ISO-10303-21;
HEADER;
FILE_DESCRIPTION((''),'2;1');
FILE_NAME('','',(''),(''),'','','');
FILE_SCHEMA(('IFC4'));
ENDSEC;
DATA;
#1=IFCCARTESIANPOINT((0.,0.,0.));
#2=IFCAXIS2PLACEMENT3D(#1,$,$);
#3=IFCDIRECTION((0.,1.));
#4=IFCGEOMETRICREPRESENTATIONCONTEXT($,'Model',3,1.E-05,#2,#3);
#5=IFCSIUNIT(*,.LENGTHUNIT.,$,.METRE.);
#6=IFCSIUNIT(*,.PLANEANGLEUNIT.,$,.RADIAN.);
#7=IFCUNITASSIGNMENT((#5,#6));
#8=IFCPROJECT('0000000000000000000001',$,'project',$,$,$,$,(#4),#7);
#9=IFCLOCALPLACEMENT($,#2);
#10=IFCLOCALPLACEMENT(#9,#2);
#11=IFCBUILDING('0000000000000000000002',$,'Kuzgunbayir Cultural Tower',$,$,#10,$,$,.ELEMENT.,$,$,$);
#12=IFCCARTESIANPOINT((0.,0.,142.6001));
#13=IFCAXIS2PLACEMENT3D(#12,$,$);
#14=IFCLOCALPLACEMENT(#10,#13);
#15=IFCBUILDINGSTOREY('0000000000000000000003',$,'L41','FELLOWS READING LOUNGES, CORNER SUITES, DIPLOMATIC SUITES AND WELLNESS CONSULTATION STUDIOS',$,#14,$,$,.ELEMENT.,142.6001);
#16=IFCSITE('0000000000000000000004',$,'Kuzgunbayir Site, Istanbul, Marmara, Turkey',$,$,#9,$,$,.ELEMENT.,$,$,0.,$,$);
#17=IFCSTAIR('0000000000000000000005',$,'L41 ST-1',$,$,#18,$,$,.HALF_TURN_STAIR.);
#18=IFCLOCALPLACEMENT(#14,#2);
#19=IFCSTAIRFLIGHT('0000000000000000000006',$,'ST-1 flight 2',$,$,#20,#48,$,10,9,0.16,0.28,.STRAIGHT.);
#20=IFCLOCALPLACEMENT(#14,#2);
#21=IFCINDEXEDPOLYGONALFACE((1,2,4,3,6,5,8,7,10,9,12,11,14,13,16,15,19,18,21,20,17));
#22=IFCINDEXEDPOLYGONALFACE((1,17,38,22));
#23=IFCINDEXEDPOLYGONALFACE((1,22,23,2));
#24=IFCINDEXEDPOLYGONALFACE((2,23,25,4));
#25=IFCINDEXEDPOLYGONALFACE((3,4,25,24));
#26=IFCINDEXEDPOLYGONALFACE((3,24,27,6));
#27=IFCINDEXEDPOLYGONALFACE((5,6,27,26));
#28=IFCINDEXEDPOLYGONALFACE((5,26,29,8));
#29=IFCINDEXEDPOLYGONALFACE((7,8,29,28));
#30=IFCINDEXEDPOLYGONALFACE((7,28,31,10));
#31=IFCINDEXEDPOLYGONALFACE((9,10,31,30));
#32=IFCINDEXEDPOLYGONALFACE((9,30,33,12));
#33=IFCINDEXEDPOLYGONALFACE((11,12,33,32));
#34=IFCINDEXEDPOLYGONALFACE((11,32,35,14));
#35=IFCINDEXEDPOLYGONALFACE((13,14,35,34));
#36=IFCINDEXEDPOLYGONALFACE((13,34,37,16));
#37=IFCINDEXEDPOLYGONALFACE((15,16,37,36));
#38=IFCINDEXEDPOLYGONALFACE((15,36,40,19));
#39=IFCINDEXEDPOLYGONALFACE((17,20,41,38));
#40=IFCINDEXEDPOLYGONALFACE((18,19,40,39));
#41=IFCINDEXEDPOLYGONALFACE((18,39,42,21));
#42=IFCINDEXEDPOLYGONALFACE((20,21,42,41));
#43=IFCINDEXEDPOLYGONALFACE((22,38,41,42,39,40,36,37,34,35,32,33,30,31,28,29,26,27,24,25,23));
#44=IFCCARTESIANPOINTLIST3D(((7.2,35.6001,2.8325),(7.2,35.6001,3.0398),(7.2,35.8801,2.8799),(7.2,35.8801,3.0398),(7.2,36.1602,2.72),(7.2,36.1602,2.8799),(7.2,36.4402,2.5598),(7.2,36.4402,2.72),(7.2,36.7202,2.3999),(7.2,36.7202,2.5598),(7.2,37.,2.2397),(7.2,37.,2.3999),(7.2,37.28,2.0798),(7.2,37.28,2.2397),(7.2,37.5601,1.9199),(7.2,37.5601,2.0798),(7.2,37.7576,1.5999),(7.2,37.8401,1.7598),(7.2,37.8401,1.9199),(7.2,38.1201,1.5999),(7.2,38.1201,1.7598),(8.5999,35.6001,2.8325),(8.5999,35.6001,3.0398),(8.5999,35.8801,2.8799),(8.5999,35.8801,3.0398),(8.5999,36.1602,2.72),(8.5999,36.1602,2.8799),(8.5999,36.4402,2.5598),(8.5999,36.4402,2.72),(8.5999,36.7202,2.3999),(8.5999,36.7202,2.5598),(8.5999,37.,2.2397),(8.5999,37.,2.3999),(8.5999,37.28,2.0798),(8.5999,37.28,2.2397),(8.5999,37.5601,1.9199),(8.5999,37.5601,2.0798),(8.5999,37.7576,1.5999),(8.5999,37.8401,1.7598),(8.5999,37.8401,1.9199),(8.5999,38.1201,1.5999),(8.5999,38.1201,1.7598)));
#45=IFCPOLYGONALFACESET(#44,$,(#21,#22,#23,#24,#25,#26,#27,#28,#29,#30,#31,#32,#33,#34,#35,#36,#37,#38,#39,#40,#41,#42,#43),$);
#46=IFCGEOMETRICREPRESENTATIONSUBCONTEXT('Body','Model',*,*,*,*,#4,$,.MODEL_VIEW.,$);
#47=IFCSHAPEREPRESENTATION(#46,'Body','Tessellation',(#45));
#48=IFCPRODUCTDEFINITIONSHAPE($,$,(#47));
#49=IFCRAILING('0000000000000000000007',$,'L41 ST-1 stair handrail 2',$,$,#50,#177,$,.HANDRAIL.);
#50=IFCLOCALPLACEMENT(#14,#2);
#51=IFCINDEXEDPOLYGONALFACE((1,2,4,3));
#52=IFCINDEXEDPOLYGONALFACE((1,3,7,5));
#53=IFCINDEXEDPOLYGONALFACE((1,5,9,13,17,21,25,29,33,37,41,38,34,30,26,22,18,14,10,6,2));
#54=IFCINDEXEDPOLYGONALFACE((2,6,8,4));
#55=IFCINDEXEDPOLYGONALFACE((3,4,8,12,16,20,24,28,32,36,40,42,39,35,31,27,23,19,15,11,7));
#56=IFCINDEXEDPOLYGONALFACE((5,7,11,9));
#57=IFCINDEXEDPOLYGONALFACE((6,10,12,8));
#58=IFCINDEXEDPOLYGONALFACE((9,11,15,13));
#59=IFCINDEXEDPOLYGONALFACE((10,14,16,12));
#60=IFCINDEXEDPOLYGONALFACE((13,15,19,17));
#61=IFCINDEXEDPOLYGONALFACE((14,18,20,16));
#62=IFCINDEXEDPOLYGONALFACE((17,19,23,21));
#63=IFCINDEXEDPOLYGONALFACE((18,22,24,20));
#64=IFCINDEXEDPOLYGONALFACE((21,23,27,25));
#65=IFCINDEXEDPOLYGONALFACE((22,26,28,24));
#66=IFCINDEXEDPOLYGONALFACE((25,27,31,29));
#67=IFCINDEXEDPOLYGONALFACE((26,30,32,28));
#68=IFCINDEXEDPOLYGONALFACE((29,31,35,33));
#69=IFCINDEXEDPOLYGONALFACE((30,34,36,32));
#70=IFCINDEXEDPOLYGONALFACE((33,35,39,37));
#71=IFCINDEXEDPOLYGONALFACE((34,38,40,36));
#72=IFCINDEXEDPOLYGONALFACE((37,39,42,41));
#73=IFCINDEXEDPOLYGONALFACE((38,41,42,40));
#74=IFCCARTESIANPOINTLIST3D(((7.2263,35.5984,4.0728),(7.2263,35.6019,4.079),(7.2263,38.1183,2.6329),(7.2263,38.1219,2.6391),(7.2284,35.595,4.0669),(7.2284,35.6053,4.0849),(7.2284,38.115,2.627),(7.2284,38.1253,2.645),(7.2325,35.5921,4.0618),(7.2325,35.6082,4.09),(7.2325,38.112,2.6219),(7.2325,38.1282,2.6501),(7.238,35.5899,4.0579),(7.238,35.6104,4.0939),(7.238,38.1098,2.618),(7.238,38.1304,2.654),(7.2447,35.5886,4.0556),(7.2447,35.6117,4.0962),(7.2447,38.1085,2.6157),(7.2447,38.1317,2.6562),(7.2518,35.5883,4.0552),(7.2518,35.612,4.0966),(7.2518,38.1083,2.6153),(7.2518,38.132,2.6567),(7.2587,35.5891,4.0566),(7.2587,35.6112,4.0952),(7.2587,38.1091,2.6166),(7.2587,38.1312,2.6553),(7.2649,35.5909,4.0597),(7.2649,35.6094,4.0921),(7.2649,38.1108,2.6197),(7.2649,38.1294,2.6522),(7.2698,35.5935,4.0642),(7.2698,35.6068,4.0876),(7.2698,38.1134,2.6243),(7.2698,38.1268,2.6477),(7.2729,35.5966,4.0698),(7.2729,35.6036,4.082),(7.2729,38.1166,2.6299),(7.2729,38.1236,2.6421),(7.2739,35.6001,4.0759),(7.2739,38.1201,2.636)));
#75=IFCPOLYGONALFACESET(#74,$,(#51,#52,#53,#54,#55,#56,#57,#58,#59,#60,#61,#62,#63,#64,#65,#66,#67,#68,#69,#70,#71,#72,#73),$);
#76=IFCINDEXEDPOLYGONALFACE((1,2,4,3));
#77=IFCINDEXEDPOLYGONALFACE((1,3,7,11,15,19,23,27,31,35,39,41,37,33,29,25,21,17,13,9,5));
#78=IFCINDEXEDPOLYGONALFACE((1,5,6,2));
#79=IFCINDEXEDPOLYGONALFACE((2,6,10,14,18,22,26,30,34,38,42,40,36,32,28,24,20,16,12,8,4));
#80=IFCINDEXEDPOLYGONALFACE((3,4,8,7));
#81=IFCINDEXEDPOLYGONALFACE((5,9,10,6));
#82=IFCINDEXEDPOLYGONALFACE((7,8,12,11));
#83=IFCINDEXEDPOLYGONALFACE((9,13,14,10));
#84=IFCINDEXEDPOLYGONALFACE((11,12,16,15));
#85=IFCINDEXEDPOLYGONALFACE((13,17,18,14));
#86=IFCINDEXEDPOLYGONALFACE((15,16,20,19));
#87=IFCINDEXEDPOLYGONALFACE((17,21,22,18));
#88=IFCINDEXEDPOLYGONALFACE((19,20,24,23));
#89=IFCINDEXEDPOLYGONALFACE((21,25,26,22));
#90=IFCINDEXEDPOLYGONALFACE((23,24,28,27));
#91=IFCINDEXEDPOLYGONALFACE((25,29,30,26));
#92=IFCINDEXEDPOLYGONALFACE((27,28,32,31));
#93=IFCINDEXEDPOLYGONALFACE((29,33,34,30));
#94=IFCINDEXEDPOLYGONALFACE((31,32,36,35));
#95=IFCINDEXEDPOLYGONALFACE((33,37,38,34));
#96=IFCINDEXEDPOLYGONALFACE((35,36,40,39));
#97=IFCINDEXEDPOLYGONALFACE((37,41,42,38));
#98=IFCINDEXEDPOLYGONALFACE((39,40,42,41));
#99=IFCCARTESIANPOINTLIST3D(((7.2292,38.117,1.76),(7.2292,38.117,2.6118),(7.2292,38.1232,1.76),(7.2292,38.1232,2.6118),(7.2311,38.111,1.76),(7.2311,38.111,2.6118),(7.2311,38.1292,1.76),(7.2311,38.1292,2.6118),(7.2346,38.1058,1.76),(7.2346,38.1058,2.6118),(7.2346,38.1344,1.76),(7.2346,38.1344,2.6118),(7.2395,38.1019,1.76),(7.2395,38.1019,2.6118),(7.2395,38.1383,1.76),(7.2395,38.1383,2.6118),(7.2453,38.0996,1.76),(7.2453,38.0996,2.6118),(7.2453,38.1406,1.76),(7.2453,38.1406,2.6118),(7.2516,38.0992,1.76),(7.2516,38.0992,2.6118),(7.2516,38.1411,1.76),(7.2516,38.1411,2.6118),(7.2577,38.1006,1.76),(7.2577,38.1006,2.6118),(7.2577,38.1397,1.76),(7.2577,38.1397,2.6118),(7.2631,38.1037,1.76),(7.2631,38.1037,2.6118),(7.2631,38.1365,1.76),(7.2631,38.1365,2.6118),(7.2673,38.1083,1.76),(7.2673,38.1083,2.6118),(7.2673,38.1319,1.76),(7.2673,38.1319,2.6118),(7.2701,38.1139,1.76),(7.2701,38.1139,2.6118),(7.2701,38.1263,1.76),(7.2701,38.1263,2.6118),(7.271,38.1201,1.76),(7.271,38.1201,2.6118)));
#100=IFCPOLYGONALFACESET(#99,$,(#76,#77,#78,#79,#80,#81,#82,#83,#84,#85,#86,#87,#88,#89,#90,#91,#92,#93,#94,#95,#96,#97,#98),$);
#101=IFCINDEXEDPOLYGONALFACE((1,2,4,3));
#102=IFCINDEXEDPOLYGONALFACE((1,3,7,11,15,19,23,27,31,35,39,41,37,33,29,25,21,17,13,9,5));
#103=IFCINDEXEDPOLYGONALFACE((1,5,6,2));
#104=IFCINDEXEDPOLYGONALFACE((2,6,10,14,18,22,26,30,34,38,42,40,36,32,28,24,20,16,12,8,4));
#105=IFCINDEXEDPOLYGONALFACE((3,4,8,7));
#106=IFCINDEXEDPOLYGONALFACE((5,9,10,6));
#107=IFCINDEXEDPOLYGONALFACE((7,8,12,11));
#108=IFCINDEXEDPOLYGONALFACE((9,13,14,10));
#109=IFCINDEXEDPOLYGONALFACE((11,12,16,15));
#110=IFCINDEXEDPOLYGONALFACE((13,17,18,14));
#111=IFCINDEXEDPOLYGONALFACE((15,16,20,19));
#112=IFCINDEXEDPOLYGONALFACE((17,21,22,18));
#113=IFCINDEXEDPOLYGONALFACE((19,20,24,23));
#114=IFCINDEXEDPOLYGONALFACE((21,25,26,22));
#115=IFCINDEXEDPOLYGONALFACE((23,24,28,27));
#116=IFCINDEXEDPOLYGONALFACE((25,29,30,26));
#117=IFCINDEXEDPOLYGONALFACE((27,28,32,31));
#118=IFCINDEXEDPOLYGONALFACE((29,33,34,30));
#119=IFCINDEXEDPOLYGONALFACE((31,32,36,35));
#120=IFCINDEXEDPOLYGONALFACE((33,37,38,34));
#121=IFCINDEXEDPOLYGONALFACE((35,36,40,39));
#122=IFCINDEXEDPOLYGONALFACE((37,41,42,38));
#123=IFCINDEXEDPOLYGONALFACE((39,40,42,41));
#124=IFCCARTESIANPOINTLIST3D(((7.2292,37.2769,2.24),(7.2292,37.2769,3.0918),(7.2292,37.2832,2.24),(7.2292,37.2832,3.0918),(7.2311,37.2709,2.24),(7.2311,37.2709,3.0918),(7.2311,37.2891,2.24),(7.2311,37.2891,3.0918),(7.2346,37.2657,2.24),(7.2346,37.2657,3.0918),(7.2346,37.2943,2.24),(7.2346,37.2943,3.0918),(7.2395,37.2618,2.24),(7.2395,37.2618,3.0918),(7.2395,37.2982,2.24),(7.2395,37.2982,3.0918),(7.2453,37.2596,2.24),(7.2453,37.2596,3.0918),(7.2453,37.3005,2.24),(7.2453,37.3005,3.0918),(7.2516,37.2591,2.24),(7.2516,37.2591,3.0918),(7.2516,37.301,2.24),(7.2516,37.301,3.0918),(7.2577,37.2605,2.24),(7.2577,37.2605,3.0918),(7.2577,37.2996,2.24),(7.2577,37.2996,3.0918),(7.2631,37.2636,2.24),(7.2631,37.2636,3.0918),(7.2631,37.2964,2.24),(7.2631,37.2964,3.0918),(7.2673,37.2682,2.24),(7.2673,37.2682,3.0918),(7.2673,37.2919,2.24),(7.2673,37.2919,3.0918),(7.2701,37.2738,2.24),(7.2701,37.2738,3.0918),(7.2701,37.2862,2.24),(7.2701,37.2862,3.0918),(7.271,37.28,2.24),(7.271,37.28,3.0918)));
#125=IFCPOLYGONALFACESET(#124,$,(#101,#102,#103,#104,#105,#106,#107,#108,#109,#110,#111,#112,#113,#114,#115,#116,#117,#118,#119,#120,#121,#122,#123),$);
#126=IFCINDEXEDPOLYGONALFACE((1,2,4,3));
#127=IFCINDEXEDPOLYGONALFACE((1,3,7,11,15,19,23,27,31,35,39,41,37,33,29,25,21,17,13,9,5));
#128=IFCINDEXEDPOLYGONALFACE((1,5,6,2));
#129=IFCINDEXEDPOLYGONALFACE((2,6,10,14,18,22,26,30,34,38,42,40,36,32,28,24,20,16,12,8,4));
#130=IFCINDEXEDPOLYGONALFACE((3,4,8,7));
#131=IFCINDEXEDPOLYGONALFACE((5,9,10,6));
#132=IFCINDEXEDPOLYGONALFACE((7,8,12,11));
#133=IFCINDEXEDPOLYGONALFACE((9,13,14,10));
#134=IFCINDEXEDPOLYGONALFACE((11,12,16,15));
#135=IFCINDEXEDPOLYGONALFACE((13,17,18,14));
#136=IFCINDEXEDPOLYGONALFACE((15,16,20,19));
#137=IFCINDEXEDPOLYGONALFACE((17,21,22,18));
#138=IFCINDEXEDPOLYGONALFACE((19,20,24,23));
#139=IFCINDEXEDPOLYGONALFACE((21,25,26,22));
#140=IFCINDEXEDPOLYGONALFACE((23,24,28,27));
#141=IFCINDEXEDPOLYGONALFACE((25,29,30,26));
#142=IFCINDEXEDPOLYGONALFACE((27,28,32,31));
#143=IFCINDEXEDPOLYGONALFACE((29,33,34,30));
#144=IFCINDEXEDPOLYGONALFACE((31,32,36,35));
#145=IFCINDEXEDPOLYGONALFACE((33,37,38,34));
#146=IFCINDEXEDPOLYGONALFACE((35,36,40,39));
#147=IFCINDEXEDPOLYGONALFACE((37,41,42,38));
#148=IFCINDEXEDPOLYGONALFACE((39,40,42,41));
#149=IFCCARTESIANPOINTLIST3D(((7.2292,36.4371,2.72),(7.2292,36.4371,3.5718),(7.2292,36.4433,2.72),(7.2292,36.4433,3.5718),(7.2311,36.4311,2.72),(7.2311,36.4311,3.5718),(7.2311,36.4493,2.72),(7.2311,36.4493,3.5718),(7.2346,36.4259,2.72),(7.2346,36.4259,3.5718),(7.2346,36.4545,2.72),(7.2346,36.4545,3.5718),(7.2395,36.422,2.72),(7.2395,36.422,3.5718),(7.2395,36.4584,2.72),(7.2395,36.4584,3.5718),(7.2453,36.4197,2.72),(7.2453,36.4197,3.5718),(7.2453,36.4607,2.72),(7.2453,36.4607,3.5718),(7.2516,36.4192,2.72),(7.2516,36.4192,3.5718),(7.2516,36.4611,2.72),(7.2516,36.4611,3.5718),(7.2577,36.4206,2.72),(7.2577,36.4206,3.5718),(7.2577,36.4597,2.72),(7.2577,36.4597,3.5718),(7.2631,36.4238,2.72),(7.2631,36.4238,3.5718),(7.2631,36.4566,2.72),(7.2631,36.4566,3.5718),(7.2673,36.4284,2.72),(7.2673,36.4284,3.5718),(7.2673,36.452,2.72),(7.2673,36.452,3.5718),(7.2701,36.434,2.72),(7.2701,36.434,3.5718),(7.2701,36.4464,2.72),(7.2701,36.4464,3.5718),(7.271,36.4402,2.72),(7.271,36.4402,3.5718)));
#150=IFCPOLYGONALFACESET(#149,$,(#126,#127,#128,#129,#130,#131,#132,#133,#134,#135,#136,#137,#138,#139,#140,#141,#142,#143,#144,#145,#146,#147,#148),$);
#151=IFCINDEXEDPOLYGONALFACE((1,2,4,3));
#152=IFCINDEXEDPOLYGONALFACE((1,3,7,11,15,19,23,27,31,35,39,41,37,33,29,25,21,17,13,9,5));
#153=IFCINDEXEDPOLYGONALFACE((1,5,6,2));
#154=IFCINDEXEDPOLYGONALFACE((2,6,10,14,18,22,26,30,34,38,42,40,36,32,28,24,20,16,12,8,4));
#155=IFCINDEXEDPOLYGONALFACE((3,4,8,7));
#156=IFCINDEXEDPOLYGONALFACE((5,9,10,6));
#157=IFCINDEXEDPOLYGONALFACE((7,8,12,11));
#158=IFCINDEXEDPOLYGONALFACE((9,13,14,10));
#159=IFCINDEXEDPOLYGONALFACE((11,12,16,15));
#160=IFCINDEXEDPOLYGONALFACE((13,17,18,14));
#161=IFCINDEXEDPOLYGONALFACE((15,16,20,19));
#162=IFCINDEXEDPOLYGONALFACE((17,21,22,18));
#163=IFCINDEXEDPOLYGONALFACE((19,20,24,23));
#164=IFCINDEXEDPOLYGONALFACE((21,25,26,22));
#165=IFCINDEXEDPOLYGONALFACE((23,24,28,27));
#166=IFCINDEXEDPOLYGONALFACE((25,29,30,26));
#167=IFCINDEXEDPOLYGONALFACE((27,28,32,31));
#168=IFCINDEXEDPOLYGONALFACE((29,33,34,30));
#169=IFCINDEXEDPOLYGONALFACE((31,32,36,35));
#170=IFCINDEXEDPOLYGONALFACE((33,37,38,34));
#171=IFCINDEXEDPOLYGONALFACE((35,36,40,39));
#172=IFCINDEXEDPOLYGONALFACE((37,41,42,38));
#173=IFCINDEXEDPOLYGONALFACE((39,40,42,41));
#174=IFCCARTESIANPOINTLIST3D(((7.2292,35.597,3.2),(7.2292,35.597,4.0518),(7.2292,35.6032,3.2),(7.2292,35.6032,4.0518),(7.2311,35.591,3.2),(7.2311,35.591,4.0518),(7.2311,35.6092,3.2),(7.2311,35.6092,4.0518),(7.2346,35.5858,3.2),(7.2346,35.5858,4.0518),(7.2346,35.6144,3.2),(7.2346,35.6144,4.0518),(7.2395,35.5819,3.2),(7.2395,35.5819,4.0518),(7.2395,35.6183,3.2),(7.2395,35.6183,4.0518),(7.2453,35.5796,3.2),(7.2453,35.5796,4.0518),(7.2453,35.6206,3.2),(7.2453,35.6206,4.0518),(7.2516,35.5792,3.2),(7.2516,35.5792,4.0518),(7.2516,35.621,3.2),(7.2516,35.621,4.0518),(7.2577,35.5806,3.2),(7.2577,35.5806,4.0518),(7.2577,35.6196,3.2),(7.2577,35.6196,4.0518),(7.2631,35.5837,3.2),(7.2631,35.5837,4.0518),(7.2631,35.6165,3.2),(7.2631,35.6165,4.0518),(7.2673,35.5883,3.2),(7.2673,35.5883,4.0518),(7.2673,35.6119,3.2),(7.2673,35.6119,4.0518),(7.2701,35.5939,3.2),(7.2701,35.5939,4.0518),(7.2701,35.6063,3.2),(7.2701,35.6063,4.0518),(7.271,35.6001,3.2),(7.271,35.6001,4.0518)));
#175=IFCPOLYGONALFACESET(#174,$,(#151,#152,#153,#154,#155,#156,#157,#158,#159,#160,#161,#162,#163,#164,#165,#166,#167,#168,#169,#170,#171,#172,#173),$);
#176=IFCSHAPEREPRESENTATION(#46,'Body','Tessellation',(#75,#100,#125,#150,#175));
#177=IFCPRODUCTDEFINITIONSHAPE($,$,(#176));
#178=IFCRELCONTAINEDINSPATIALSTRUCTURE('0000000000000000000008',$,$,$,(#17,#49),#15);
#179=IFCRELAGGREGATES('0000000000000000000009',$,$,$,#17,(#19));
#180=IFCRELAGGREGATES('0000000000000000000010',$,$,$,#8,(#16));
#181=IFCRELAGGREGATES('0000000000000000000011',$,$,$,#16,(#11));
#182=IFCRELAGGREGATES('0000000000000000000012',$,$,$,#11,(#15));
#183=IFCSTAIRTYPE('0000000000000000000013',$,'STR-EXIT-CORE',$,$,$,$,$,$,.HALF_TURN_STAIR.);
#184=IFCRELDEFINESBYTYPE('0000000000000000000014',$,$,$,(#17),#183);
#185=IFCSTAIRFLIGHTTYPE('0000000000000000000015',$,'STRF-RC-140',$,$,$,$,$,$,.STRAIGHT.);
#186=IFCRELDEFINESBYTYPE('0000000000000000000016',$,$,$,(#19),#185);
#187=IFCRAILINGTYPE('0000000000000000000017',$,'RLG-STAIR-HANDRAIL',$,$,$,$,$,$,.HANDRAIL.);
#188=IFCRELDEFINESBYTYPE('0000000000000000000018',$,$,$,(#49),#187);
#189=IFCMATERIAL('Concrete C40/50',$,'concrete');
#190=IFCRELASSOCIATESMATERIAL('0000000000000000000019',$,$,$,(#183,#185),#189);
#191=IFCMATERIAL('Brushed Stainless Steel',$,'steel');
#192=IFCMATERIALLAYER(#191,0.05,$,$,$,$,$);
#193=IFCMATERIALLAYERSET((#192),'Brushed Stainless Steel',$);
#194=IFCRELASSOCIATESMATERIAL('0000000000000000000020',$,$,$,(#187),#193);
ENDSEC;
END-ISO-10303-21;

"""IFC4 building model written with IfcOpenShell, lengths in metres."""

from ifc_helpers import new_model, si_unit, direction, frame, origin, origin_2d, place, context, subcontext, project, spatial, polyline, circle, outline, extrude, material, layer, layer_set, type_object, element, aggregate, save


model = new_model("IFC4")

# Units and contexts
model_context = context("Model", 3, precision=1e-05, world=origin(), true_north=direction((0.0, 1.0)))
body_context = subcontext(model_context, "Body", "Model", "MODEL_VIEW")
ifc_project = project(units=[si_unit("LENGTHUNIT", "METRE"), si_unit("PLANEANGLEUNIT", "RADIAN")], contexts=[model_context])

# Site, building, storey
site_placement = place(None, origin())
site = spatial("IfcSite", under=ifc_project, at=site_placement, Name="Kuzgunbayir Site, Istanbul, Marmara, Turkey", CompositionType="ELEMENT", RefElevation=0.0)
building_placement = place(site_placement, origin())
building = spatial("IfcBuilding", under=site, at=building_placement, Name="Kuzgunbayir Cultural Tower", CompositionType="ELEMENT")
storey_placement = place(building_placement, frame((0.0, 0.0, 142.6001)))
storey = spatial("IfcBuildingStorey", under=building, at=storey_placement, Name="L41", Description="FELLOWS READING LOUNGES, CORNER SUITES, DIPLOMATIC SUITES AND WELLNESS CONSULTATION STUDIOS", CompositionType="ELEMENT", Elevation=142.6001)

# Stair, stair flight
ifc_material_1 = material(Name="Concrete C40/50", Category="concrete")
stair_type = type_object("IfcStairType", Name="STR-EXIT-CORE", PredefinedType="HALF_TURN_STAIR", material=ifc_material_1)
stair_placement = place(storey_placement, origin())
stair = element("IfcStair", 1, at=stair_placement, inside=storey, type_object=stair_type, Name="L41 ST-1", PredefinedType="HALF_TURN_STAIR")
stair_flight_type = type_object("IfcStairFlightType", Name="STRF-RC-140", PredefinedType="STRAIGHT", material=ifc_material_1)
stair_flight_placement = place(storey_placement, frame((7.8999, 38.1201, 1.5999), z_axis=(0.0, 0.0, 1.0), x_axis=(0.0, -1.0, 0.0)))
stair_flight = element("IfcStairFlight", 2, at=stair_flight_placement, type_object=stair_flight_type, Name="ST-1 flight 2", NumberOfRisers=10, NumberOfTreads=9, PredefinedType="STRAIGHT", RiserHeight=0.16, TreadLength=0.28, context=body_context, shape_type="SweptSolid", body=[
    extrude(outline(polyline([(0.0, 0.0), (0.0, 0.1599), (0.28, 0.1599), (0.28, 0.3201), (0.5601, 0.3201), (0.5601, 0.48), (0.8401, 0.48), (0.8401, 0.6399), (1.1201, 0.6399), (1.1201, 0.8), (1.3999, 0.8), (1.3999, 0.96), (1.6799, 0.96), (1.6799, 1.1201), (1.96, 1.1201), (1.96, 1.28), (2.24, 1.28), (2.24, 1.4399), (2.52, 1.4399), (2.52, 1.6001), (2.52, 1.2327), (0.3625, 0.0), (0.0, 0.0)])), frame((0.0, 0.7, 0.0), z_axis=(0.0, -1.0, 0.0), x_axis=(1.0, 0.0, 0.0)), (0.0, 0.0, 1.0), 1.3999),
])
aggregate(stair, [stair_flight])

# Railing
ifc_material_2 = material(Name="Brushed Stainless Steel", Category="steel")
ifc_layer_1 = layer(ifc_material_2, 0.05)
ifc_layer_set_1 = layer_set([ifc_layer_1], Name="Brushed Stainless Steel")
railing_type_1 = type_object("IfcRailingType", Name="RLG-STAIR-HANDRAIL", PredefinedType="HANDRAIL", material=ifc_layer_set_1)
railing_1_placement = place(storey_placement, frame((7.25, 38.1201, 1.76)))
element("IfcRailing", 3, at=railing_1_placement, inside=storey, type_object=railing_type_1, Name="L41 ST-1 stair handrail 2", PredefinedType="HANDRAIL", context=body_context, shape_type="SweptSolid", body=[
    extrude(circle(Radius=0.0239, at=origin_2d()), frame((0.0, 0.0, 0.876), z_axis=(0.0, -0.868253, 0.496121), x_axis=(1.0, 0.0, 0.0)), (0.0, 0.0, 1.0), 2.9023),
    extrude(circle(Radius=0.021, at=origin_2d()), origin(), (0.0, 0.0, 1.0), 0.8518),
    extrude(circle(Radius=0.021, at=origin_2d()), frame((0.0, -0.8401, 0.48)), (0.0, 0.0, 1.0), 0.8518),
    extrude(circle(Radius=0.021, at=origin_2d()), frame((0.0, -1.6799, 0.96)), (0.0, 0.0, 1.0), 0.8518),
    extrude(circle(Radius=0.021, at=origin_2d()), frame((0.0, -2.52, 1.4399)), (0.0, 0.0, 1.0), 0.8518),
])

save(model, "model.ifc")
